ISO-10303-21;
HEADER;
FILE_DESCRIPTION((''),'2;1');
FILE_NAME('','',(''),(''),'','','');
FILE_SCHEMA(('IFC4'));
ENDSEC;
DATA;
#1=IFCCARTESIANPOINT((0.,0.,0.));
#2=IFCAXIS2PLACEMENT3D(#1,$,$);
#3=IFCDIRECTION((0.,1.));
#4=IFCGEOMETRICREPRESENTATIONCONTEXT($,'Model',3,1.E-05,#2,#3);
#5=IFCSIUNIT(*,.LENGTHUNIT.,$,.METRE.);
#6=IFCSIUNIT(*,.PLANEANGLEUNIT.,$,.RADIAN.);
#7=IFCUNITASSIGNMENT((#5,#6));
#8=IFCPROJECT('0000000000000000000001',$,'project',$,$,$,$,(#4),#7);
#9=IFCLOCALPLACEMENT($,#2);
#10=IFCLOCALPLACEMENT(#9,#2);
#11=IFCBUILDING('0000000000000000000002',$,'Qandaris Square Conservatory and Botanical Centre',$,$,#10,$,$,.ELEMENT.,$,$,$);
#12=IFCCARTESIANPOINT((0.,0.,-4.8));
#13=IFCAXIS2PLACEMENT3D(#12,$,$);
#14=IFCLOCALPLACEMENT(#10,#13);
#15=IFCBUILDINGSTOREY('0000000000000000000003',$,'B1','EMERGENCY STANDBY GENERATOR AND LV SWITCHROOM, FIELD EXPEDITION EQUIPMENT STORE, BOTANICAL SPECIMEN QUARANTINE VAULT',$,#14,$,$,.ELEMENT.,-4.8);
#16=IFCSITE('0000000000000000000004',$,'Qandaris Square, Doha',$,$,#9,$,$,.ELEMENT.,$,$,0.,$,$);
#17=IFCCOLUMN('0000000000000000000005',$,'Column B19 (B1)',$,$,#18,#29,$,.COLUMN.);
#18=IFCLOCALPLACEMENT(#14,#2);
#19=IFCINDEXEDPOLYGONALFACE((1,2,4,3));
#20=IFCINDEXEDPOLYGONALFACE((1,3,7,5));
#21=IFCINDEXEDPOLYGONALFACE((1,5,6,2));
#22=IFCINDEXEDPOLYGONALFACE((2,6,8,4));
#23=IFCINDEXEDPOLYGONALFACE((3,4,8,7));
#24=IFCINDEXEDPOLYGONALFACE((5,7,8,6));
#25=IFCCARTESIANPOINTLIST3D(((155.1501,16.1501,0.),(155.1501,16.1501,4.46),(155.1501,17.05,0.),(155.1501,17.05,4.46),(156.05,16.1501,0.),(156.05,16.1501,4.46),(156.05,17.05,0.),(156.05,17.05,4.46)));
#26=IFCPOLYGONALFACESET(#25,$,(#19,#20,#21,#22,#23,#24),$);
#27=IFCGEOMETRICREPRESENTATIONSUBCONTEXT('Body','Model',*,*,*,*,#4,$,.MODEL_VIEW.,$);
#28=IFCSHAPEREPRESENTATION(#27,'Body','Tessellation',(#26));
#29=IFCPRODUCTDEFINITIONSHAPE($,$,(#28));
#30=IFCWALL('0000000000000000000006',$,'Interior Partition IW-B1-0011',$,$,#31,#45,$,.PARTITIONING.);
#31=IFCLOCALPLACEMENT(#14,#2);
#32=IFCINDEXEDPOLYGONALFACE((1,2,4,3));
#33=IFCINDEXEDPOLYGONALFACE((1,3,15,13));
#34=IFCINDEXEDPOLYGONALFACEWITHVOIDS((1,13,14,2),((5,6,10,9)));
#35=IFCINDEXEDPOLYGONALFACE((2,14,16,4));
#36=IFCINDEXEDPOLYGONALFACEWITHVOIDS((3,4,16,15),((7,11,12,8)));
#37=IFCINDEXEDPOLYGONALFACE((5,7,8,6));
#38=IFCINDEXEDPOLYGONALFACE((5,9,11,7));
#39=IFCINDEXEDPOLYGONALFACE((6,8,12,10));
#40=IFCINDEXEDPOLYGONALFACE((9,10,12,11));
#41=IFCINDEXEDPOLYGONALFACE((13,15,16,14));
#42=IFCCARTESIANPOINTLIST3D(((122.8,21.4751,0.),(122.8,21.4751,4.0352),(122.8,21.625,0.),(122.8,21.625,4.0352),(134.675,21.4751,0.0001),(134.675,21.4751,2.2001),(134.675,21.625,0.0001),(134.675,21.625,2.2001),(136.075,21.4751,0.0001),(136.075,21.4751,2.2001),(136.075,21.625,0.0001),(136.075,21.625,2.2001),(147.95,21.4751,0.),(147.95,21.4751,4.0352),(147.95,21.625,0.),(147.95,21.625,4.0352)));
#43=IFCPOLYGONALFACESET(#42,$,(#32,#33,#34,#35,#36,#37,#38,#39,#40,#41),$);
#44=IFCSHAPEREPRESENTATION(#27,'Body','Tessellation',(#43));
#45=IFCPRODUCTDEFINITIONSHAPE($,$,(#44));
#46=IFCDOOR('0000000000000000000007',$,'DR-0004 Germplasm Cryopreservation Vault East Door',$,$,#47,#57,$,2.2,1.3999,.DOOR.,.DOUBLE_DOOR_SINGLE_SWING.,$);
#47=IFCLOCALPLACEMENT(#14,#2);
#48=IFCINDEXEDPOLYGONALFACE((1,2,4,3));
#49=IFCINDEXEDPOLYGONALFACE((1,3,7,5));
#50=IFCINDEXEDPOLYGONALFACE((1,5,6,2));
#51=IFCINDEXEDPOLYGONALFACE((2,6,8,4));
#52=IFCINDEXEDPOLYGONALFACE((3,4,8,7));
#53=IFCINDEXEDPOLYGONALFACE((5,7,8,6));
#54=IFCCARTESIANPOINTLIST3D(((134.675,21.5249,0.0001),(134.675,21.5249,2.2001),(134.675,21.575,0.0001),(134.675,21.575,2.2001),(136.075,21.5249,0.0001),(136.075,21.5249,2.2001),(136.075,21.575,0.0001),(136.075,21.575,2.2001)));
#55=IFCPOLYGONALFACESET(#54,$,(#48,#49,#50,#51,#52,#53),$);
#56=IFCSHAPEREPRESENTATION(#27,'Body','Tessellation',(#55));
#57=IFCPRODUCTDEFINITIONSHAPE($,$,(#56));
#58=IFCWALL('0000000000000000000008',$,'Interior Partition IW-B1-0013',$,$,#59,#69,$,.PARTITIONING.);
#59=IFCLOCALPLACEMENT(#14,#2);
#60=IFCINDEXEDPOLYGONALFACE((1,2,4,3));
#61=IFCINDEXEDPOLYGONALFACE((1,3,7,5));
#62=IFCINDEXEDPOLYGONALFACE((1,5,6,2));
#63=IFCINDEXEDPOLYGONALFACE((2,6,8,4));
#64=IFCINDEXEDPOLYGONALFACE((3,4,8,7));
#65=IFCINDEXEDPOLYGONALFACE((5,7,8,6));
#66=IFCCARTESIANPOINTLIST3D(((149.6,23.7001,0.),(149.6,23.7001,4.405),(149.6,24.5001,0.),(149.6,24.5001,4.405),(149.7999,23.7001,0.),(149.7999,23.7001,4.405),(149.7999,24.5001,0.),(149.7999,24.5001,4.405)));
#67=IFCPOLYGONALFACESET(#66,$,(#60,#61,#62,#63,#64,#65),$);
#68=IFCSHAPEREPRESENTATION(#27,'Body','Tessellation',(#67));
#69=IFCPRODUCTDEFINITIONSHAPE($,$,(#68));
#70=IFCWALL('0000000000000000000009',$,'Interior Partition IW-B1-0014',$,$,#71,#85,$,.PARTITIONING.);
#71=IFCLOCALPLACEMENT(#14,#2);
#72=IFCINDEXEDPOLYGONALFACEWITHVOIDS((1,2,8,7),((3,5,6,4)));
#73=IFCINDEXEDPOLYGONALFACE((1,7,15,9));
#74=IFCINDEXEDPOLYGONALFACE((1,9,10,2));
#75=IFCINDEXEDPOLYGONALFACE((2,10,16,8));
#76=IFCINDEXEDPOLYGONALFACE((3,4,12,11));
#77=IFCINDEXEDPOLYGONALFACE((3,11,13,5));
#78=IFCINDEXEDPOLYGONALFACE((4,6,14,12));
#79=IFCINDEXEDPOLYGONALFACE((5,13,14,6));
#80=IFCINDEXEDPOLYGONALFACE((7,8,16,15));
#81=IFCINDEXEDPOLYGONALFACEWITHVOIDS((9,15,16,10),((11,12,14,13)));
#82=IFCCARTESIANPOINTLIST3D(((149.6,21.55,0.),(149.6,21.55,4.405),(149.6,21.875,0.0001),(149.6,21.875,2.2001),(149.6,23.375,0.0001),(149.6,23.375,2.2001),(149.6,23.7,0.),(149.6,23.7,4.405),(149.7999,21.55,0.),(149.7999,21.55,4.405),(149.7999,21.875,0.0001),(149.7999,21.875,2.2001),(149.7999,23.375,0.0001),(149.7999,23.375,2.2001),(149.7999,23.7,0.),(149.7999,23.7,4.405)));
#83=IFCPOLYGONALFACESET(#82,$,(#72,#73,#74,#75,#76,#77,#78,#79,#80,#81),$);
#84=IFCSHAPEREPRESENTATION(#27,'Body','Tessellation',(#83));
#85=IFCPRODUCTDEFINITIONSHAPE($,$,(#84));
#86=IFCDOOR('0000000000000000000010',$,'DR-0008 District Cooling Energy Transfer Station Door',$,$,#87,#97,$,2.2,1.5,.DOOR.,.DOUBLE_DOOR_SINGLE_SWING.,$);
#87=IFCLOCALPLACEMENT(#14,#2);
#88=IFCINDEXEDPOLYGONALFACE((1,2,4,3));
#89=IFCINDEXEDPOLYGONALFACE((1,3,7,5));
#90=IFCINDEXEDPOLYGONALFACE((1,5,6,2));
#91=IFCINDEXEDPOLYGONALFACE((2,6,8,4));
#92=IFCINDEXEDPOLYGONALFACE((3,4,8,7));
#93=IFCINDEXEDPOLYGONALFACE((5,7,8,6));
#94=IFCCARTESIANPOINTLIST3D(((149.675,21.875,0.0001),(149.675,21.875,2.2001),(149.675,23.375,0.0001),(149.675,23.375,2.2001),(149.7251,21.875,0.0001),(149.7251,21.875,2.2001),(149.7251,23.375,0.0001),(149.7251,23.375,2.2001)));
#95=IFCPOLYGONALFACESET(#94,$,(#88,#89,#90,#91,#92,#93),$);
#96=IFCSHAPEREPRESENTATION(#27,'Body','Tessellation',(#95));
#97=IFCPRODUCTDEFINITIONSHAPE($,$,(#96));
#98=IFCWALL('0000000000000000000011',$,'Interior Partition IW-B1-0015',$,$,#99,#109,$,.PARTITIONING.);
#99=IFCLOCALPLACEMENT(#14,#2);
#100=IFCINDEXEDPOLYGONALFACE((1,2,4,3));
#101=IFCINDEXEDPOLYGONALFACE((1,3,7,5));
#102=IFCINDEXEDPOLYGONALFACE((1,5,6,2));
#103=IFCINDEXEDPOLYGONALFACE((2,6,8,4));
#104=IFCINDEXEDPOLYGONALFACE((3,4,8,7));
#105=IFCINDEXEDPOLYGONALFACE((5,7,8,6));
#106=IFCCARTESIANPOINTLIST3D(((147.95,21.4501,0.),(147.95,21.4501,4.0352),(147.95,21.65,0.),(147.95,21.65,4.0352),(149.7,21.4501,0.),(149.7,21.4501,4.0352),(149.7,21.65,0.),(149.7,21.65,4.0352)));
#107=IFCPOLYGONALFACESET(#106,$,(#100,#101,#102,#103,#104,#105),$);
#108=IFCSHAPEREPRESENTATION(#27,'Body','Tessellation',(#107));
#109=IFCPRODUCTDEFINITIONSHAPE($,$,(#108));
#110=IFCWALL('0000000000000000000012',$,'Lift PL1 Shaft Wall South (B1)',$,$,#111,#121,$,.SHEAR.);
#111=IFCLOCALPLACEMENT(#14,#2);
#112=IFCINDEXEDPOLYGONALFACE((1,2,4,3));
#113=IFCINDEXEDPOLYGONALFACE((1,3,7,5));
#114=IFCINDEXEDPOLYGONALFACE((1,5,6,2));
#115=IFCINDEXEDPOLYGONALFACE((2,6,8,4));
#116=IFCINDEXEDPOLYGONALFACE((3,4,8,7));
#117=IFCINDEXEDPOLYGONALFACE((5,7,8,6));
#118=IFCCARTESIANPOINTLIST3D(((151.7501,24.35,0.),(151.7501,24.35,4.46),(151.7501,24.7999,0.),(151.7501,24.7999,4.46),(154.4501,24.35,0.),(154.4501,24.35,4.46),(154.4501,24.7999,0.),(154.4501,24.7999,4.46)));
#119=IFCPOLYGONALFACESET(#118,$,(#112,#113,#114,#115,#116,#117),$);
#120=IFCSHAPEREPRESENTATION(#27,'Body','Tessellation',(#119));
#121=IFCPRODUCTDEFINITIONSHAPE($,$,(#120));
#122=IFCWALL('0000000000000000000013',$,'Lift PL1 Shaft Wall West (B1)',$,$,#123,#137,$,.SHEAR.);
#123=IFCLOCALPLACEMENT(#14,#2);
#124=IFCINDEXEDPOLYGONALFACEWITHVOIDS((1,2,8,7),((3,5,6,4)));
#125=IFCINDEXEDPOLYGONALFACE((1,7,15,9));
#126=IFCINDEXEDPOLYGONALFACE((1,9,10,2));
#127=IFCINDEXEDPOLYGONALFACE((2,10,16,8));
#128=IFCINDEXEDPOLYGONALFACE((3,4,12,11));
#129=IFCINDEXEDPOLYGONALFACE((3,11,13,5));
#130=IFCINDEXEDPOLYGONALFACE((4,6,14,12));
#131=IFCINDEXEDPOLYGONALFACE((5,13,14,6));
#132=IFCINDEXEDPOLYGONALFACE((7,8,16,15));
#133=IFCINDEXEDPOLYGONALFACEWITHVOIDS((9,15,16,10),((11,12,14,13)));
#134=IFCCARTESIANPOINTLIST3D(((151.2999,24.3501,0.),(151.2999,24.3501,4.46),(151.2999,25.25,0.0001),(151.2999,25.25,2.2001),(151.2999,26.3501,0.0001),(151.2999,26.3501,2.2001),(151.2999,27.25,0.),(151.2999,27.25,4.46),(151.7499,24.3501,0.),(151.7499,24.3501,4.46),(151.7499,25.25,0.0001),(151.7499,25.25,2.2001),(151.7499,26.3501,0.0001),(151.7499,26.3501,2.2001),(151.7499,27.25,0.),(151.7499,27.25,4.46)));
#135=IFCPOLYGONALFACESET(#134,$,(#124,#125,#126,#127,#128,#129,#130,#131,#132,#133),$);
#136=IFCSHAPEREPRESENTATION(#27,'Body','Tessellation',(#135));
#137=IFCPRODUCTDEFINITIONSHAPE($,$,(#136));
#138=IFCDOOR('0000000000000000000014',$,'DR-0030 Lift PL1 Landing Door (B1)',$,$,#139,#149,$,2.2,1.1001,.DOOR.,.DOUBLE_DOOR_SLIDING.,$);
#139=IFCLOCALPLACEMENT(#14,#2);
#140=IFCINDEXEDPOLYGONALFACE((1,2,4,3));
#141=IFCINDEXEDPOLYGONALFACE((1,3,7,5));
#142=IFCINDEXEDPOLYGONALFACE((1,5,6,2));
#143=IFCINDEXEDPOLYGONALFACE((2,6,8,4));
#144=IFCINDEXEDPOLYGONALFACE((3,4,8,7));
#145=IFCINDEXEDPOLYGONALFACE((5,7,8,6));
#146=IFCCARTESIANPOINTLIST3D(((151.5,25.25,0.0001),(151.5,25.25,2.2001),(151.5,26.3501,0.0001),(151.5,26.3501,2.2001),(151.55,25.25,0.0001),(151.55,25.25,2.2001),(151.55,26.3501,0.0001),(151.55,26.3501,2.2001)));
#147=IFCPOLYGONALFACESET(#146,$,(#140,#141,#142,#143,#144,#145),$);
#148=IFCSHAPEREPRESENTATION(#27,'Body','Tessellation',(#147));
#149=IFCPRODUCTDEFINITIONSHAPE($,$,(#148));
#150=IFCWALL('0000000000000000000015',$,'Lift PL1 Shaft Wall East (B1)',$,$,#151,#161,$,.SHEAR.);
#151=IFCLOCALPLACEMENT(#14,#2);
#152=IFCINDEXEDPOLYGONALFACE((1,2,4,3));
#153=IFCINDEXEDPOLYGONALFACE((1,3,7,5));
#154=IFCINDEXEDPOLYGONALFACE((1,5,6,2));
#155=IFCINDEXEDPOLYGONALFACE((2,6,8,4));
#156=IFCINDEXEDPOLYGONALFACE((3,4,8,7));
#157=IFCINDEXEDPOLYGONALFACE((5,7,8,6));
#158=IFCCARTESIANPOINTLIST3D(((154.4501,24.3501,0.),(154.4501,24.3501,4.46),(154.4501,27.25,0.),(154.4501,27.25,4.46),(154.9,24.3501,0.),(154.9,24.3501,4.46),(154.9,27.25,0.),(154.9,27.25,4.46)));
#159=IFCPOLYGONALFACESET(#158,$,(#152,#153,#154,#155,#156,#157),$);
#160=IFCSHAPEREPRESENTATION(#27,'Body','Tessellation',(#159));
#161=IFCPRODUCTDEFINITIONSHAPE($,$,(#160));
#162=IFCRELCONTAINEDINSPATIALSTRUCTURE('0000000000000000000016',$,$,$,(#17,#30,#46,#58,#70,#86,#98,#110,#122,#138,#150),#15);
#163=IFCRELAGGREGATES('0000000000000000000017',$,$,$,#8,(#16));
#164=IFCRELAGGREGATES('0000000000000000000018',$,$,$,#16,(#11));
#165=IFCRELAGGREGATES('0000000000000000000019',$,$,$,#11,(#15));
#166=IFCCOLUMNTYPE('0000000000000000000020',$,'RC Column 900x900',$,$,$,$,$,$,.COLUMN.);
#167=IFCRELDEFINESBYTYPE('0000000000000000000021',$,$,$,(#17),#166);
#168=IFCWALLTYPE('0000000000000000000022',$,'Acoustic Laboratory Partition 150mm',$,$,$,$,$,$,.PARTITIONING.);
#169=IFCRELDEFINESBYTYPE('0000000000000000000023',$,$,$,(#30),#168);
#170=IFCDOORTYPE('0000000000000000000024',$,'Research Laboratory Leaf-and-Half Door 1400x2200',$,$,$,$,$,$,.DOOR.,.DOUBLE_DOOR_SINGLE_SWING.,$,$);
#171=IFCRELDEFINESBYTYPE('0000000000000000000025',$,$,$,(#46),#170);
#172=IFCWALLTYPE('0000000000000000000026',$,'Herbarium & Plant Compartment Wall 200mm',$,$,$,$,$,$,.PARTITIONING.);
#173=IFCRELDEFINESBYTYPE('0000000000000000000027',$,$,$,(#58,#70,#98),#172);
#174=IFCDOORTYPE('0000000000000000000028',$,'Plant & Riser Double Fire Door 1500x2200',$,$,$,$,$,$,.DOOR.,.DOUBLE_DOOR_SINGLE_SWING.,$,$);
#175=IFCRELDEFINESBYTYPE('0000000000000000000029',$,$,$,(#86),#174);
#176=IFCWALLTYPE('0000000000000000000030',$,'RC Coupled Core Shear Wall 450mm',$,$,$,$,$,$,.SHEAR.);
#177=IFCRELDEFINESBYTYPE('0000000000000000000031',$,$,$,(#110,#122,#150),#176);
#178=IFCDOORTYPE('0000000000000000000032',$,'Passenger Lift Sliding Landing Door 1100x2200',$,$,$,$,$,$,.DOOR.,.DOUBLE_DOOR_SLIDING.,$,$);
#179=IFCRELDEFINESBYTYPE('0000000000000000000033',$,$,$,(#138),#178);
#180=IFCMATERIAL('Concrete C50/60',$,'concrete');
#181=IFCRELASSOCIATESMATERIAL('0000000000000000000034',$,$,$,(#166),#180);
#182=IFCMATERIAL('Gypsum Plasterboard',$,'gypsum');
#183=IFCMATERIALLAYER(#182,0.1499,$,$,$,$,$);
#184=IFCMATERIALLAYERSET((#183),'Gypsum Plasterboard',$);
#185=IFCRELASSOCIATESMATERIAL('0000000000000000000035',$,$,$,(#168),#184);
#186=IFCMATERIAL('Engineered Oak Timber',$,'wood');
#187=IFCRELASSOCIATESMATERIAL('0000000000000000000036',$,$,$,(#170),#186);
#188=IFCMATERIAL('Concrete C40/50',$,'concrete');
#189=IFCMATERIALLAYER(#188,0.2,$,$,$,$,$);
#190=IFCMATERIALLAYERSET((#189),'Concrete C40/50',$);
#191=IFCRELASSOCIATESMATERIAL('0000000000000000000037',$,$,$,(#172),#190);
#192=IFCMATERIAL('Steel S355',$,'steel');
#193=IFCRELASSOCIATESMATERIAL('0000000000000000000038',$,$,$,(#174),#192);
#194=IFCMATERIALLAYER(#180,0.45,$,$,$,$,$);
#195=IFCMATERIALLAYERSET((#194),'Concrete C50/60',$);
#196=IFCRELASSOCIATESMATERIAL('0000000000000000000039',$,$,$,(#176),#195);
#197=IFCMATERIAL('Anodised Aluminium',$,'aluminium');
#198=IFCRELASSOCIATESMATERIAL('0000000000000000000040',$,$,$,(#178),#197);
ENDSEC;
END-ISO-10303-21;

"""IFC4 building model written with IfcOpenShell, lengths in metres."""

from ifc_helpers import new_model, si_unit, direction, frame, frame_2d, origin, origin_2d, place, context, subcontext, project, spatial, rectangle, extrude, material, layer, layer_set, material_profile, profile_set, type_object, element, fill, save


model = new_model("IFC4")

# Units and contexts
model_context = context("Model", 3, precision=1e-05, world=origin(), true_north=direction((0.0, 1.0)))
body_context = subcontext(model_context, "Body", "Model", "MODEL_VIEW")
ifc_project = project(units=[si_unit("LENGTHUNIT", "METRE"), si_unit("PLANEANGLEUNIT", "RADIAN")], contexts=[model_context])

# Site, building, storey
site_placement = place(None, origin())
site = spatial("IfcSite", under=ifc_project, at=site_placement, Name="Qandaris Square, Doha", CompositionType="ELEMENT", RefElevation=0.0)
building_placement = place(site_placement, origin())
building = spatial("IfcBuilding", under=site, at=building_placement, Name="Qandaris Square Conservatory and Botanical Centre", CompositionType="ELEMENT")
storey_placement = place(building_placement, frame((0.0, 0.0, -4.8)))
storey = spatial("IfcBuildingStorey", under=building, at=storey_placement, Name="B1", Description="EMERGENCY STANDBY GENERATOR AND LV SWITCHROOM, FIELD EXPEDITION EQUIPMENT STORE, BOTANICAL SPECIMEN QUARANTINE VAULT", CompositionType="ELEMENT", Elevation=-4.8)

# Shared definitions
ifc_material_1 = material(Name="Concrete C50/60", Category="concrete")

# Shared definitions
ifc_material_2 = material(Name="Concrete C40/50", Category="concrete")

# Column
ifc_material_profile_1 = material_profile(ifc_material_1, rectangle(XDim=0.8999, YDim=0.8999, at=origin_2d()), Name="RC-COL 900x900")
ifc_profile_set_1 = profile_set([ifc_material_profile_1], Name="Concrete C50/60")
column_type_1 = type_object("IfcColumnType", Name="RC Column 900x900", PredefinedType="COLUMN", material=ifc_profile_set_1)
column_1_placement = place(storey_placement, frame((155.6001, 16.6001, 0.0), z_axis=(0.0, 0.0, 1.0), x_axis=(1.0, 0.0, 0.0)))
element("IfcColumn", 1, at=column_1_placement, inside=storey, type_object=column_type_1, Name="Column B19 (B1)", PredefinedType="COLUMN", context=body_context, shape_type="SweptSolid", body=[
    extrude(rectangle(XDim=0.8999, YDim=0.8999, at=origin_2d()), origin(), (0.0, 0.0, 1.0), 4.46),
])

# Wall, opening, door
ifc_material_3 = material(Name="Gypsum Plasterboard", Category="gypsum")
ifc_layer_1 = layer(ifc_material_3, 0.1499)
ifc_layer_set_1 = layer_set([ifc_layer_1], Name="Gypsum Plasterboard")
wall_type_1 = type_object("IfcWallType", Name="Acoustic Laboratory Partition 150mm", PredefinedType="PARTITIONING", material=ifc_layer_set_1)
wall_1_placement = place(storey_placement, frame((147.95, 21.55, 0.0), z_axis=(0.0, 0.0, 1.0), x_axis=(-1.0, 0.0, 0.0)))
wall_1 = element("IfcWall", 2, at=wall_1_placement, inside=storey, type_object=wall_type_1, Name="Interior Partition IW-B1-0011", PredefinedType="PARTITIONING", context=body_context, shape_type="SweptSolid", body=[
    extrude(rectangle(XDim=25.1499, YDim=0.1499, at=frame_2d((12.575, 0.0))), origin(), (0.0, 0.0, 1.0), 4.0352),
])
opening_1_placement = place(wall_1_placement, frame((11.875, 0.0, 0.0)))
opening_1 = element("IfcOpeningElement", 3, at=opening_1_placement, cuts=wall_1, PredefinedType="OPENING", context=body_context, shape_type="SweptSolid", body=[
    extrude(rectangle(XDim=1.3999, YDim=2.2, at=frame_2d((0.7, 1.1001))), frame((0.0, 0.0869, 0.0), z_axis=(0.0, -1.0, 0.0), x_axis=(1.0, 0.0, 0.0)), (0.0, 0.0, 1.0), 0.1738),
])
ifc_material_4 = material(Name="Engineered Oak Timber", Category="wood")
door_type_1 = type_object("IfcDoorType", Name="Research Laboratory Leaf-and-Half Door 1400x2200", OperationType="DOUBLE_DOOR_SINGLE_SWING", PredefinedType="DOOR", material=ifc_material_4)
door_1_placement = place(opening_1_placement, frame((1.3999, 0.0, 0.0), z_axis=(0.0, 0.0, 1.0), x_axis=(-1.0, 0.0, 0.0)))
door_1 = element("IfcDoor", 4, at=door_1_placement, inside=storey, type_object=door_type_1, Name="DR-0004 Germplasm Cryopreservation Vault East Door", OperationType="DOUBLE_DOOR_SINGLE_SWING", OverallHeight=2.2, OverallWidth=1.3999, PredefinedType="DOOR", context=body_context, shape_type="SweptSolid", body=[
    extrude(rectangle(XDim=1.3999, YDim=2.2, at=frame_2d((0.7, 1.1001))), frame((0.0, 0.0249, 0.0), z_axis=(0.0, -1.0, 0.0), x_axis=(1.0, 0.0, 0.0)), (0.0, 0.0, 1.0), 0.05),
])
fill(opening_1, door_1)

# Wall
ifc_layer_2 = layer(ifc_material_2, 0.2)
ifc_layer_set_2 = layer_set([ifc_layer_2], Name="Concrete C40/50")
wall_type_2 = type_object("IfcWallType", Name="Herbarium & Plant Compartment Wall 200mm", PredefinedType="PARTITIONING", material=ifc_layer_set_2)
wall_2_placement = place(storey_placement, frame((149.7, 24.5, 0.0), z_axis=(0.0, 0.0, 1.0), x_axis=(0.0, -1.0, 0.0)))
element("IfcWall", 5, at=wall_2_placement, inside=storey, type_object=wall_type_2, Name="Interior Partition IW-B1-0013", PredefinedType="PARTITIONING", context=body_context, shape_type="SweptSolid", body=[
    extrude(rectangle(XDim=0.8, YDim=0.2, at=frame_2d((0.3999, 0.0))), origin(), (0.0, 0.0, 1.0), 4.405),
])

# Wall, opening, door
wall_3_placement = place(storey_placement, frame((149.7, 23.7, 0.0), z_axis=(0.0, 0.0, 1.0), x_axis=(0.0, -1.0, 0.0)))
wall_3 = element("IfcWall", 6, at=wall_3_placement, inside=storey, type_object=wall_type_2, Name="Interior Partition IW-B1-0014", PredefinedType="PARTITIONING", context=body_context, shape_type="SweptSolid", body=[
    extrude(rectangle(XDim=2.1499, YDim=0.2, at=frame_2d((1.075, 0.0))), origin(), (0.0, 0.0, 1.0), 4.405),
])
opening_2_placement = place(wall_3_placement, frame((0.325, 0.0, 0.0)))
opening_2 = element("IfcOpeningElement", 7, at=opening_2_placement, cuts=wall_3, PredefinedType="OPENING", context=body_context, shape_type="SweptSolid", body=[
    extrude(rectangle(XDim=1.5, YDim=2.2, at=frame_2d((0.75, 1.1001))), frame((0.0, 0.1118, 0.0), z_axis=(0.0, -1.0, 0.0), x_axis=(1.0, 0.0, 0.0)), (0.0, 0.0, 1.0), 0.2239),
])
ifc_material_5 = material(Name="Steel S355", Category="steel")
door_type_2 = type_object("IfcDoorType", Name="Plant & Riser Double Fire Door 1500x2200", OperationType="DOUBLE_DOOR_SINGLE_SWING", PredefinedType="DOOR", material=ifc_material_5)
door_2_placement = place(opening_2_placement, frame((1.5, 0.0, 0.0), z_axis=(0.0, 0.0, 1.0), x_axis=(-1.0, 0.0, 0.0)))
door_2 = element("IfcDoor", 8, at=door_2_placement, inside=storey, type_object=door_type_2, Name="DR-0008 District Cooling Energy Transfer Station Door", OperationType="DOUBLE_DOOR_SINGLE_SWING", OverallHeight=2.2, OverallWidth=1.5, PredefinedType="DOOR", context=body_context, shape_type="SweptSolid", body=[
    extrude(rectangle(XDim=1.5, YDim=2.2, at=frame_2d((0.75, 1.1001))), frame((0.0, 0.0249, 0.0), z_axis=(0.0, -1.0, 0.0), x_axis=(1.0, 0.0, 0.0)), (0.0, 0.0, 1.0), 0.05),
])
fill(opening_2, door_2)

# Walls
wall_4_placement = place(storey_placement, frame((149.7, 21.55, 0.0), z_axis=(0.0, 0.0, 1.0), x_axis=(-1.0, 0.0, 0.0)))
element("IfcWall", 9, at=wall_4_placement, inside=storey, type_object=wall_type_2, Name="Interior Partition IW-B1-0015", PredefinedType="PARTITIONING", context=body_context, shape_type="SweptSolid", body=[
    extrude(rectangle(XDim=1.75, YDim=0.2, at=frame_2d((0.875, 0.0))), origin(), (0.0, 0.0, 1.0), 4.0352),
])
ifc_layer_3 = layer(ifc_material_1, 0.45)
ifc_layer_set_3 = layer_set([ifc_layer_3], Name="Concrete C50/60")
wall_type_3 = type_object("IfcWallType", Name="RC Coupled Core Shear Wall 450mm", PredefinedType="SHEAR", material=ifc_layer_set_3)
wall_5_placement = place(storey_placement, frame((151.75, 24.575, 0.0), z_axis=(0.0, 0.0, 1.0), x_axis=(1.0, 0.0, 0.0)))
element("IfcWall", 10, at=wall_5_placement, inside=storey, type_object=wall_type_3, Name="Lift PL1 Shaft Wall South (B1)", PredefinedType="SHEAR", context=body_context, shape_type="SweptSolid", body=[
    extrude(rectangle(XDim=2.7, YDim=0.45, at=frame_2d((1.3501, 0.0))), origin(), (0.0, 0.0, 1.0), 4.46),
])

# Wall, opening, door
wall_6_placement = place(storey_placement, frame((151.5249, 24.3501, 0.0), z_axis=(0.0, 0.0, 1.0), x_axis=(0.0, 1.0, 0.0)))
wall_6 = element("IfcWall", 11, at=wall_6_placement, inside=storey, type_object=wall_type_3, Name="Lift PL1 Shaft Wall West (B1)", PredefinedType="SHEAR", context=body_context, shape_type="SweptSolid", body=[
    extrude(rectangle(XDim=2.8999, YDim=0.45, at=frame_2d((1.45, 0.0))), origin(), (0.0, 0.0, 1.0), 4.46),
])
opening_3_placement = place(wall_6_placement, frame((0.8999, 0.0, 0.0)))
opening_3 = element("IfcOpeningElement", 12, at=opening_3_placement, cuts=wall_6, PredefinedType="OPENING", context=body_context, shape_type="SweptSolid", body=[
    extrude(rectangle(XDim=1.1001, YDim=2.2, at=frame_2d((0.55, 1.1001))), frame((0.0, 0.2368, 0.0), z_axis=(0.0, -1.0, 0.0), x_axis=(1.0, 0.0, 0.0)), (0.0, 0.0, 1.0), 0.4739),
])
ifc_material_6 = material(Name="Anodised Aluminium", Category="aluminium")
door_type_3 = type_object("IfcDoorType", Name="Passenger Lift Sliding Landing Door 1100x2200", OperationType="DOUBLE_DOOR_SLIDING", PredefinedType="DOOR", material=ifc_material_6)
door_3_placement = place(opening_3_placement, origin())
door_3 = element("IfcDoor", 13, at=door_3_placement, inside=storey, type_object=door_type_3, Name="DR-0030 Lift PL1 Landing Door (B1)", OperationType="DOUBLE_DOOR_SLIDING", OverallHeight=2.2, OverallWidth=1.1001, PredefinedType="DOOR", context=body_context, shape_type="SweptSolid", body=[
    extrude(rectangle(XDim=1.1001, YDim=2.2, at=frame_2d((0.55, 1.1001))), frame((0.0, 0.0249, 0.0), z_axis=(0.0, -1.0, 0.0), x_axis=(1.0, 0.0, 0.0)), (0.0, 0.0, 1.0), 0.05),
])
fill(opening_3, door_3)

# Wall
wall_7_placement = place(storey_placement, frame((154.675, 24.3501, 0.0), z_axis=(0.0, 0.0, 1.0), x_axis=(0.0, 1.0, 0.0)))
element("IfcWall", 14, at=wall_7_placement, inside=storey, type_object=wall_type_3, Name="Lift PL1 Shaft Wall East (B1)", PredefinedType="SHEAR", context=body_context, shape_type="SweptSolid", body=[
    extrude(rectangle(XDim=2.8999, YDim=0.45, at=frame_2d((1.45, 0.0))), origin(), (0.0, 0.0, 1.0), 4.46),
])

save(model, "model.ifc")
